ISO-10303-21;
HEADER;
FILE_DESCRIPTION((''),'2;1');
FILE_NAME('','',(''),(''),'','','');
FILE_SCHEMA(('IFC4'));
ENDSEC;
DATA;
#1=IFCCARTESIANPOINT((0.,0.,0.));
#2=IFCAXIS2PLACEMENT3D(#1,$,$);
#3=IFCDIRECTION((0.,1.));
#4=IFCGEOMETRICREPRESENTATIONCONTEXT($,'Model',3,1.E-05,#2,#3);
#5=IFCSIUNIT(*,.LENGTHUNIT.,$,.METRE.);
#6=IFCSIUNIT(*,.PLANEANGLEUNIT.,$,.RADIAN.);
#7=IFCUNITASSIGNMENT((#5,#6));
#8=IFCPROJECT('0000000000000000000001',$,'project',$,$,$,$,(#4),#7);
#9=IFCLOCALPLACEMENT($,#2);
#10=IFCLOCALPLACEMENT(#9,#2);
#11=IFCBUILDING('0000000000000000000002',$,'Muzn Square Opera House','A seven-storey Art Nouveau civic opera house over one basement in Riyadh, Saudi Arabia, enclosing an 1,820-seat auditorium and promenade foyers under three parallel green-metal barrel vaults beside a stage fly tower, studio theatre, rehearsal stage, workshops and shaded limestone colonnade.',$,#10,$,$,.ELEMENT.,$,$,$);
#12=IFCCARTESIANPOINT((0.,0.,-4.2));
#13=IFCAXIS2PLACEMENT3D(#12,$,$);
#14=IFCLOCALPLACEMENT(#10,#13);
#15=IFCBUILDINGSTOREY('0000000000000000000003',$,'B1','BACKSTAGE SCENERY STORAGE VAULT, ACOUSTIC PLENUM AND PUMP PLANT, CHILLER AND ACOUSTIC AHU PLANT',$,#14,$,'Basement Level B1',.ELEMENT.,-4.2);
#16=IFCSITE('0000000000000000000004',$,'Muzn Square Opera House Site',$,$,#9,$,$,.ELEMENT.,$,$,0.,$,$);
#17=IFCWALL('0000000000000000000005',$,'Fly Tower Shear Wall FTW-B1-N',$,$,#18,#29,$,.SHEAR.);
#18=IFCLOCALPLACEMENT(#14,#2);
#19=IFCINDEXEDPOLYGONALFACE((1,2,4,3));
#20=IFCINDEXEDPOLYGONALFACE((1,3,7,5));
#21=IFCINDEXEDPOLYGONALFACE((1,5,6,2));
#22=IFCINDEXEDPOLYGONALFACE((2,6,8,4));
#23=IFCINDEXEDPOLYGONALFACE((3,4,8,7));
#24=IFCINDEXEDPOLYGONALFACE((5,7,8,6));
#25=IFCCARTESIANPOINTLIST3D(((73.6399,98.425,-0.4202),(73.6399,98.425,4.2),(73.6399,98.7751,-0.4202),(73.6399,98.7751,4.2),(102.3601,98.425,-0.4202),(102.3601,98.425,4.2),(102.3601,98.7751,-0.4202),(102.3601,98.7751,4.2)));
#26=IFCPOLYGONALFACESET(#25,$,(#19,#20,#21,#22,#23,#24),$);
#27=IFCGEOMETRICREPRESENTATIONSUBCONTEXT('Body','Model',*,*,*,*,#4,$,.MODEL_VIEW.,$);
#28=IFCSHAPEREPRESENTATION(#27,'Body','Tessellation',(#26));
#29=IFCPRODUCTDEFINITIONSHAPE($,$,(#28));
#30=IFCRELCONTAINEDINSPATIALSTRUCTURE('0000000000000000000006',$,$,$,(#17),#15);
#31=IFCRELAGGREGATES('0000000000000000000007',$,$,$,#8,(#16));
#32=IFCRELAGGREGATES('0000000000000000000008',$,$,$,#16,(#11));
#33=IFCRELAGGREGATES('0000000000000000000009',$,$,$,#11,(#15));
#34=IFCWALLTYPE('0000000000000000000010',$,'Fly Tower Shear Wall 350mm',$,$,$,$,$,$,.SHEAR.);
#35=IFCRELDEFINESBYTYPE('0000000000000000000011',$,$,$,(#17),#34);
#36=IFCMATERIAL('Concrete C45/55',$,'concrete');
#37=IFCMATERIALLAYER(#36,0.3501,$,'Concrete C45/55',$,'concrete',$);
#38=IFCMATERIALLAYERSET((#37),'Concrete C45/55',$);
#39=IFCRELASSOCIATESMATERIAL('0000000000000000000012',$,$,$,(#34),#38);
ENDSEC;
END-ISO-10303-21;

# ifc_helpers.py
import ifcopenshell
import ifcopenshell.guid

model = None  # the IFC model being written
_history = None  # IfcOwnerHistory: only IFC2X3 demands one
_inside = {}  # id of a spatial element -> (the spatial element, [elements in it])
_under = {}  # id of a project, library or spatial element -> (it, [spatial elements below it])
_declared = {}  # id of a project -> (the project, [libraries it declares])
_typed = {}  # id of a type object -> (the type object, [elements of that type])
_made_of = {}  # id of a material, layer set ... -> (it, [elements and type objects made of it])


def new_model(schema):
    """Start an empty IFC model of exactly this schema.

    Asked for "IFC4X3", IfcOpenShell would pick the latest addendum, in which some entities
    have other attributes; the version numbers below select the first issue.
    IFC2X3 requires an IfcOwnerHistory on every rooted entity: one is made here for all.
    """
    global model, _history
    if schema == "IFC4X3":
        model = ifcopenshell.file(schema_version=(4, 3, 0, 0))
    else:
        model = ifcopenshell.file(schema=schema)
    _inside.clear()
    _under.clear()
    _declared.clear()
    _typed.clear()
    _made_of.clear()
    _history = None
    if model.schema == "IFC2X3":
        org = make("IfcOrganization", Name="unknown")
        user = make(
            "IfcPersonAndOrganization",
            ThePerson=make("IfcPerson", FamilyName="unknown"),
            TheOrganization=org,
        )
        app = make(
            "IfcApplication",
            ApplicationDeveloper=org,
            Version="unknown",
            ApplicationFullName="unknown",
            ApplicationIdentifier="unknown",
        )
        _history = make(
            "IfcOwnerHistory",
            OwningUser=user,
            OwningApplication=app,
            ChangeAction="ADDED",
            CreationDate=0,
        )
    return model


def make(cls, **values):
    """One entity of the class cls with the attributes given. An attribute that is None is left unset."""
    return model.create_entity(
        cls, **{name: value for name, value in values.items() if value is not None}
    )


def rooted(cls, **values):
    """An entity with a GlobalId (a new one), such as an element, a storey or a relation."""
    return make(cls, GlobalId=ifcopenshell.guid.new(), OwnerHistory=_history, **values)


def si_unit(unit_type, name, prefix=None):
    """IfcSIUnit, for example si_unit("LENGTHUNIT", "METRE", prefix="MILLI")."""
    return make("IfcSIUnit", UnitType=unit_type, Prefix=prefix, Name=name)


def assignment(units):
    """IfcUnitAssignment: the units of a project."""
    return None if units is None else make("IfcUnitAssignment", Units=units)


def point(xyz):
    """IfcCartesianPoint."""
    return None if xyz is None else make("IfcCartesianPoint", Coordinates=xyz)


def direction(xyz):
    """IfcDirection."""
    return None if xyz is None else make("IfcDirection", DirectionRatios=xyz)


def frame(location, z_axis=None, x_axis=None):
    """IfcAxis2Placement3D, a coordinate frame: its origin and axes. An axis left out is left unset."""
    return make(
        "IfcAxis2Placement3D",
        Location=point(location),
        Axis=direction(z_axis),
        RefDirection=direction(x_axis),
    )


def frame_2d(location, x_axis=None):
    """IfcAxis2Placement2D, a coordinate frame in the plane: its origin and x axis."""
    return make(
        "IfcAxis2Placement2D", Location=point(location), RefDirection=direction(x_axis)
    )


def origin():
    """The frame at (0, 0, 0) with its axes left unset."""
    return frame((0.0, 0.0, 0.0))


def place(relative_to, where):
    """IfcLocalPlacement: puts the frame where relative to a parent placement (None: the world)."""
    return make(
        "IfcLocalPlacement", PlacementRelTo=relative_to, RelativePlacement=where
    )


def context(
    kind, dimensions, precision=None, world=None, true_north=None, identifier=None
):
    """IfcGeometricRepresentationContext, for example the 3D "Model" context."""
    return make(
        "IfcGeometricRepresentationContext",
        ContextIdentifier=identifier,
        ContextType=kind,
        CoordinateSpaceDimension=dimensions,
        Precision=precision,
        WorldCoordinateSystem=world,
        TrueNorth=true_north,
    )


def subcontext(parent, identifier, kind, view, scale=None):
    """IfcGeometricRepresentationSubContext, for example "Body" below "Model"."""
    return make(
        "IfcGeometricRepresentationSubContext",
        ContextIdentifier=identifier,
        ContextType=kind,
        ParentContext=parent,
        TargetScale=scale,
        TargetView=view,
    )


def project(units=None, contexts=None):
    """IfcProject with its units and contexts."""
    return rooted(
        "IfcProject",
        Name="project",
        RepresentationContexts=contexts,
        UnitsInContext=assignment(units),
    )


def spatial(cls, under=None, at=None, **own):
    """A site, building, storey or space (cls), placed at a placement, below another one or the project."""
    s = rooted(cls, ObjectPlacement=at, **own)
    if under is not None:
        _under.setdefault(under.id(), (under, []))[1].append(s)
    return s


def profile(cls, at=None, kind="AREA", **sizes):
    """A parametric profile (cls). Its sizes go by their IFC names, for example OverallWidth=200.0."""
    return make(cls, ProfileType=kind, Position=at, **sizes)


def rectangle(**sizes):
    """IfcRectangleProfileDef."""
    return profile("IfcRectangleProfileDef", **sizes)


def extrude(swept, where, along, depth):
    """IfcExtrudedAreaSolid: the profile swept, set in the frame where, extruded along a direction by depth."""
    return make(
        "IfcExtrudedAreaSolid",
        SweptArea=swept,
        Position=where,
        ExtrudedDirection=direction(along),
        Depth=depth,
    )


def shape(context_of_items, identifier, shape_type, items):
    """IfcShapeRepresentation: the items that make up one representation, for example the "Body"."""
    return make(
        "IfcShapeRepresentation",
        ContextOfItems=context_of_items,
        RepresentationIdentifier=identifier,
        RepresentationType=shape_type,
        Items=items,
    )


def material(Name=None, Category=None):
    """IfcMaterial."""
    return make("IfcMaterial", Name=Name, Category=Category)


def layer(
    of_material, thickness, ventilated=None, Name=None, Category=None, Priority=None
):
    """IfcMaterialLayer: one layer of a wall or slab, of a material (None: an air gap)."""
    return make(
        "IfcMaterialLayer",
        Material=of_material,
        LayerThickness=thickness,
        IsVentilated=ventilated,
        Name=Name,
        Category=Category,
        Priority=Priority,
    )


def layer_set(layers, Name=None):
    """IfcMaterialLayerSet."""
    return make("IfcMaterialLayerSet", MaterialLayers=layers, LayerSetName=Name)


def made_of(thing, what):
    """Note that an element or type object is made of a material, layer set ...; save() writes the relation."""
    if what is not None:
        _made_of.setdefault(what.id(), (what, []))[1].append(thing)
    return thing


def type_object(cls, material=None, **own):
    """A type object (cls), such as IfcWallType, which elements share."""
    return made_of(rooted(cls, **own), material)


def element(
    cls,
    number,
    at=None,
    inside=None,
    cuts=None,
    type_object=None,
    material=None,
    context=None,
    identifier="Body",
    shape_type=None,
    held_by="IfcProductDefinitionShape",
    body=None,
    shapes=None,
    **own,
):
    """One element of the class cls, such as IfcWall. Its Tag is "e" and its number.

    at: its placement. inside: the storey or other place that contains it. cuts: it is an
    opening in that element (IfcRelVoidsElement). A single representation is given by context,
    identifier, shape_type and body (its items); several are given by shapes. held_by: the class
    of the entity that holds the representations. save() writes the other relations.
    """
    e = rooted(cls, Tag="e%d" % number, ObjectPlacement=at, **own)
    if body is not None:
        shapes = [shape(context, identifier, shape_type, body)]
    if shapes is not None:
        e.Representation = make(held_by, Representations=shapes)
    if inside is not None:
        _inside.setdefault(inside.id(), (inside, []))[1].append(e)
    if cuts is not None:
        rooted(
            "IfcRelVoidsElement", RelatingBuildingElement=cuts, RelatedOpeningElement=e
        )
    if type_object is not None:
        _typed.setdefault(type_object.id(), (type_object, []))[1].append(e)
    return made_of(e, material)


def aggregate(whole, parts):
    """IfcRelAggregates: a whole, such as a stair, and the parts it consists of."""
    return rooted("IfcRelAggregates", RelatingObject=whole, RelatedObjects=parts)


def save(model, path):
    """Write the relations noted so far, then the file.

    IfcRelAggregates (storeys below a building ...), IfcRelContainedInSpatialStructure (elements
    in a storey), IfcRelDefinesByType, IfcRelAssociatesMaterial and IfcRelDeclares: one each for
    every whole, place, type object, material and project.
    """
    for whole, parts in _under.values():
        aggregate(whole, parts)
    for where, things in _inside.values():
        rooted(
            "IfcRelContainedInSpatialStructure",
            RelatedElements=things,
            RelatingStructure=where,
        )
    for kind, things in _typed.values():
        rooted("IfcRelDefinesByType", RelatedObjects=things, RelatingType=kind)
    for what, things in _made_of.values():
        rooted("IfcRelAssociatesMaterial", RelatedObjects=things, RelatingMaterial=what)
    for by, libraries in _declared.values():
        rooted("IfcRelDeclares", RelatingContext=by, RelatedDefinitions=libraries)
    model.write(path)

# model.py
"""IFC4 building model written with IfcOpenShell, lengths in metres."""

from ifc_helpers import new_model, si_unit, direction, frame, frame_2d, origin, place, context, subcontext, project, spatial, rectangle, extrude, material, layer, layer_set, type_object, element, save


model = new_model("IFC4")

# Units and contexts
model_context = context("Model", 3, precision=1e-05, world=origin(), true_north=direction((0.0, 1.0)))
body_context = subcontext(model_context, "Body", "Model", "MODEL_VIEW")
ifc_project = project(units=[si_unit("LENGTHUNIT", "METRE"), si_unit("PLANEANGLEUNIT", "RADIAN")], contexts=[model_context])

# Site, building, storey
site_placement = place(None, origin())
site = spatial("IfcSite", under=ifc_project, at=site_placement, Name="Muzn Square Opera House Site", CompositionType="ELEMENT", RefElevation=0.0)
building_placement = place(site_placement, origin())
building = spatial("IfcBuilding", under=site, at=building_placement, Name="Muzn Square Opera House", Description="A seven-storey Art Nouveau civic opera house over one basement in Riyadh, Saudi Arabia, enclosing an 1,820-seat auditorium and promenade foyers under three parallel green-metal barrel vaults beside a stage fly tower, studio theatre, rehearsal stage, workshops and shaded limestone colonnade.", CompositionType="ELEMENT")
storey_placement = place(building_placement, frame((0.0, 0.0, -4.2)))
storey = spatial("IfcBuildingStorey", under=building, at=storey_placement, Name="B1", Description="BACKSTAGE SCENERY STORAGE VAULT, ACOUSTIC PLENUM AND PUMP PLANT, CHILLER AND ACOUSTIC AHU PLANT", LongName="Basement Level B1", CompositionType="ELEMENT", Elevation=-4.2)

# Shared definitions
ifc_material_1 = material(Name="Concrete C45/55", Category="concrete")

# Wall
ifc_layer = layer(ifc_material_1, 0.3501, Name="Concrete C45/55", Category="concrete")
ifc_layer_set = layer_set([ifc_layer], Name="Concrete C45/55")
wall_type = type_object("IfcWallType", Name="Fly Tower Shear Wall 350mm", PredefinedType="SHEAR", material=ifc_layer_set)
wall_placement = place(storey_placement, frame((73.6399, 98.6001, -0.4202), z_axis=(0.0, 0.0, 1.0), x_axis=(1.0, 0.0, 0.0)))
element("IfcWall", 1, at=wall_placement, inside=storey, type_object=wall_type, Name="Fly Tower Shear Wall FTW-B1-N", PredefinedType="SHEAR", context=body_context, shape_type="SweptSolid", body=[
    extrude(rectangle(XDim=28.7202, YDim=0.3501, at=frame_2d((14.3601, 0.0))), origin(), (0.0, 0.0, 1.0), 4.6201),
])

save(model, "model.ifc")
